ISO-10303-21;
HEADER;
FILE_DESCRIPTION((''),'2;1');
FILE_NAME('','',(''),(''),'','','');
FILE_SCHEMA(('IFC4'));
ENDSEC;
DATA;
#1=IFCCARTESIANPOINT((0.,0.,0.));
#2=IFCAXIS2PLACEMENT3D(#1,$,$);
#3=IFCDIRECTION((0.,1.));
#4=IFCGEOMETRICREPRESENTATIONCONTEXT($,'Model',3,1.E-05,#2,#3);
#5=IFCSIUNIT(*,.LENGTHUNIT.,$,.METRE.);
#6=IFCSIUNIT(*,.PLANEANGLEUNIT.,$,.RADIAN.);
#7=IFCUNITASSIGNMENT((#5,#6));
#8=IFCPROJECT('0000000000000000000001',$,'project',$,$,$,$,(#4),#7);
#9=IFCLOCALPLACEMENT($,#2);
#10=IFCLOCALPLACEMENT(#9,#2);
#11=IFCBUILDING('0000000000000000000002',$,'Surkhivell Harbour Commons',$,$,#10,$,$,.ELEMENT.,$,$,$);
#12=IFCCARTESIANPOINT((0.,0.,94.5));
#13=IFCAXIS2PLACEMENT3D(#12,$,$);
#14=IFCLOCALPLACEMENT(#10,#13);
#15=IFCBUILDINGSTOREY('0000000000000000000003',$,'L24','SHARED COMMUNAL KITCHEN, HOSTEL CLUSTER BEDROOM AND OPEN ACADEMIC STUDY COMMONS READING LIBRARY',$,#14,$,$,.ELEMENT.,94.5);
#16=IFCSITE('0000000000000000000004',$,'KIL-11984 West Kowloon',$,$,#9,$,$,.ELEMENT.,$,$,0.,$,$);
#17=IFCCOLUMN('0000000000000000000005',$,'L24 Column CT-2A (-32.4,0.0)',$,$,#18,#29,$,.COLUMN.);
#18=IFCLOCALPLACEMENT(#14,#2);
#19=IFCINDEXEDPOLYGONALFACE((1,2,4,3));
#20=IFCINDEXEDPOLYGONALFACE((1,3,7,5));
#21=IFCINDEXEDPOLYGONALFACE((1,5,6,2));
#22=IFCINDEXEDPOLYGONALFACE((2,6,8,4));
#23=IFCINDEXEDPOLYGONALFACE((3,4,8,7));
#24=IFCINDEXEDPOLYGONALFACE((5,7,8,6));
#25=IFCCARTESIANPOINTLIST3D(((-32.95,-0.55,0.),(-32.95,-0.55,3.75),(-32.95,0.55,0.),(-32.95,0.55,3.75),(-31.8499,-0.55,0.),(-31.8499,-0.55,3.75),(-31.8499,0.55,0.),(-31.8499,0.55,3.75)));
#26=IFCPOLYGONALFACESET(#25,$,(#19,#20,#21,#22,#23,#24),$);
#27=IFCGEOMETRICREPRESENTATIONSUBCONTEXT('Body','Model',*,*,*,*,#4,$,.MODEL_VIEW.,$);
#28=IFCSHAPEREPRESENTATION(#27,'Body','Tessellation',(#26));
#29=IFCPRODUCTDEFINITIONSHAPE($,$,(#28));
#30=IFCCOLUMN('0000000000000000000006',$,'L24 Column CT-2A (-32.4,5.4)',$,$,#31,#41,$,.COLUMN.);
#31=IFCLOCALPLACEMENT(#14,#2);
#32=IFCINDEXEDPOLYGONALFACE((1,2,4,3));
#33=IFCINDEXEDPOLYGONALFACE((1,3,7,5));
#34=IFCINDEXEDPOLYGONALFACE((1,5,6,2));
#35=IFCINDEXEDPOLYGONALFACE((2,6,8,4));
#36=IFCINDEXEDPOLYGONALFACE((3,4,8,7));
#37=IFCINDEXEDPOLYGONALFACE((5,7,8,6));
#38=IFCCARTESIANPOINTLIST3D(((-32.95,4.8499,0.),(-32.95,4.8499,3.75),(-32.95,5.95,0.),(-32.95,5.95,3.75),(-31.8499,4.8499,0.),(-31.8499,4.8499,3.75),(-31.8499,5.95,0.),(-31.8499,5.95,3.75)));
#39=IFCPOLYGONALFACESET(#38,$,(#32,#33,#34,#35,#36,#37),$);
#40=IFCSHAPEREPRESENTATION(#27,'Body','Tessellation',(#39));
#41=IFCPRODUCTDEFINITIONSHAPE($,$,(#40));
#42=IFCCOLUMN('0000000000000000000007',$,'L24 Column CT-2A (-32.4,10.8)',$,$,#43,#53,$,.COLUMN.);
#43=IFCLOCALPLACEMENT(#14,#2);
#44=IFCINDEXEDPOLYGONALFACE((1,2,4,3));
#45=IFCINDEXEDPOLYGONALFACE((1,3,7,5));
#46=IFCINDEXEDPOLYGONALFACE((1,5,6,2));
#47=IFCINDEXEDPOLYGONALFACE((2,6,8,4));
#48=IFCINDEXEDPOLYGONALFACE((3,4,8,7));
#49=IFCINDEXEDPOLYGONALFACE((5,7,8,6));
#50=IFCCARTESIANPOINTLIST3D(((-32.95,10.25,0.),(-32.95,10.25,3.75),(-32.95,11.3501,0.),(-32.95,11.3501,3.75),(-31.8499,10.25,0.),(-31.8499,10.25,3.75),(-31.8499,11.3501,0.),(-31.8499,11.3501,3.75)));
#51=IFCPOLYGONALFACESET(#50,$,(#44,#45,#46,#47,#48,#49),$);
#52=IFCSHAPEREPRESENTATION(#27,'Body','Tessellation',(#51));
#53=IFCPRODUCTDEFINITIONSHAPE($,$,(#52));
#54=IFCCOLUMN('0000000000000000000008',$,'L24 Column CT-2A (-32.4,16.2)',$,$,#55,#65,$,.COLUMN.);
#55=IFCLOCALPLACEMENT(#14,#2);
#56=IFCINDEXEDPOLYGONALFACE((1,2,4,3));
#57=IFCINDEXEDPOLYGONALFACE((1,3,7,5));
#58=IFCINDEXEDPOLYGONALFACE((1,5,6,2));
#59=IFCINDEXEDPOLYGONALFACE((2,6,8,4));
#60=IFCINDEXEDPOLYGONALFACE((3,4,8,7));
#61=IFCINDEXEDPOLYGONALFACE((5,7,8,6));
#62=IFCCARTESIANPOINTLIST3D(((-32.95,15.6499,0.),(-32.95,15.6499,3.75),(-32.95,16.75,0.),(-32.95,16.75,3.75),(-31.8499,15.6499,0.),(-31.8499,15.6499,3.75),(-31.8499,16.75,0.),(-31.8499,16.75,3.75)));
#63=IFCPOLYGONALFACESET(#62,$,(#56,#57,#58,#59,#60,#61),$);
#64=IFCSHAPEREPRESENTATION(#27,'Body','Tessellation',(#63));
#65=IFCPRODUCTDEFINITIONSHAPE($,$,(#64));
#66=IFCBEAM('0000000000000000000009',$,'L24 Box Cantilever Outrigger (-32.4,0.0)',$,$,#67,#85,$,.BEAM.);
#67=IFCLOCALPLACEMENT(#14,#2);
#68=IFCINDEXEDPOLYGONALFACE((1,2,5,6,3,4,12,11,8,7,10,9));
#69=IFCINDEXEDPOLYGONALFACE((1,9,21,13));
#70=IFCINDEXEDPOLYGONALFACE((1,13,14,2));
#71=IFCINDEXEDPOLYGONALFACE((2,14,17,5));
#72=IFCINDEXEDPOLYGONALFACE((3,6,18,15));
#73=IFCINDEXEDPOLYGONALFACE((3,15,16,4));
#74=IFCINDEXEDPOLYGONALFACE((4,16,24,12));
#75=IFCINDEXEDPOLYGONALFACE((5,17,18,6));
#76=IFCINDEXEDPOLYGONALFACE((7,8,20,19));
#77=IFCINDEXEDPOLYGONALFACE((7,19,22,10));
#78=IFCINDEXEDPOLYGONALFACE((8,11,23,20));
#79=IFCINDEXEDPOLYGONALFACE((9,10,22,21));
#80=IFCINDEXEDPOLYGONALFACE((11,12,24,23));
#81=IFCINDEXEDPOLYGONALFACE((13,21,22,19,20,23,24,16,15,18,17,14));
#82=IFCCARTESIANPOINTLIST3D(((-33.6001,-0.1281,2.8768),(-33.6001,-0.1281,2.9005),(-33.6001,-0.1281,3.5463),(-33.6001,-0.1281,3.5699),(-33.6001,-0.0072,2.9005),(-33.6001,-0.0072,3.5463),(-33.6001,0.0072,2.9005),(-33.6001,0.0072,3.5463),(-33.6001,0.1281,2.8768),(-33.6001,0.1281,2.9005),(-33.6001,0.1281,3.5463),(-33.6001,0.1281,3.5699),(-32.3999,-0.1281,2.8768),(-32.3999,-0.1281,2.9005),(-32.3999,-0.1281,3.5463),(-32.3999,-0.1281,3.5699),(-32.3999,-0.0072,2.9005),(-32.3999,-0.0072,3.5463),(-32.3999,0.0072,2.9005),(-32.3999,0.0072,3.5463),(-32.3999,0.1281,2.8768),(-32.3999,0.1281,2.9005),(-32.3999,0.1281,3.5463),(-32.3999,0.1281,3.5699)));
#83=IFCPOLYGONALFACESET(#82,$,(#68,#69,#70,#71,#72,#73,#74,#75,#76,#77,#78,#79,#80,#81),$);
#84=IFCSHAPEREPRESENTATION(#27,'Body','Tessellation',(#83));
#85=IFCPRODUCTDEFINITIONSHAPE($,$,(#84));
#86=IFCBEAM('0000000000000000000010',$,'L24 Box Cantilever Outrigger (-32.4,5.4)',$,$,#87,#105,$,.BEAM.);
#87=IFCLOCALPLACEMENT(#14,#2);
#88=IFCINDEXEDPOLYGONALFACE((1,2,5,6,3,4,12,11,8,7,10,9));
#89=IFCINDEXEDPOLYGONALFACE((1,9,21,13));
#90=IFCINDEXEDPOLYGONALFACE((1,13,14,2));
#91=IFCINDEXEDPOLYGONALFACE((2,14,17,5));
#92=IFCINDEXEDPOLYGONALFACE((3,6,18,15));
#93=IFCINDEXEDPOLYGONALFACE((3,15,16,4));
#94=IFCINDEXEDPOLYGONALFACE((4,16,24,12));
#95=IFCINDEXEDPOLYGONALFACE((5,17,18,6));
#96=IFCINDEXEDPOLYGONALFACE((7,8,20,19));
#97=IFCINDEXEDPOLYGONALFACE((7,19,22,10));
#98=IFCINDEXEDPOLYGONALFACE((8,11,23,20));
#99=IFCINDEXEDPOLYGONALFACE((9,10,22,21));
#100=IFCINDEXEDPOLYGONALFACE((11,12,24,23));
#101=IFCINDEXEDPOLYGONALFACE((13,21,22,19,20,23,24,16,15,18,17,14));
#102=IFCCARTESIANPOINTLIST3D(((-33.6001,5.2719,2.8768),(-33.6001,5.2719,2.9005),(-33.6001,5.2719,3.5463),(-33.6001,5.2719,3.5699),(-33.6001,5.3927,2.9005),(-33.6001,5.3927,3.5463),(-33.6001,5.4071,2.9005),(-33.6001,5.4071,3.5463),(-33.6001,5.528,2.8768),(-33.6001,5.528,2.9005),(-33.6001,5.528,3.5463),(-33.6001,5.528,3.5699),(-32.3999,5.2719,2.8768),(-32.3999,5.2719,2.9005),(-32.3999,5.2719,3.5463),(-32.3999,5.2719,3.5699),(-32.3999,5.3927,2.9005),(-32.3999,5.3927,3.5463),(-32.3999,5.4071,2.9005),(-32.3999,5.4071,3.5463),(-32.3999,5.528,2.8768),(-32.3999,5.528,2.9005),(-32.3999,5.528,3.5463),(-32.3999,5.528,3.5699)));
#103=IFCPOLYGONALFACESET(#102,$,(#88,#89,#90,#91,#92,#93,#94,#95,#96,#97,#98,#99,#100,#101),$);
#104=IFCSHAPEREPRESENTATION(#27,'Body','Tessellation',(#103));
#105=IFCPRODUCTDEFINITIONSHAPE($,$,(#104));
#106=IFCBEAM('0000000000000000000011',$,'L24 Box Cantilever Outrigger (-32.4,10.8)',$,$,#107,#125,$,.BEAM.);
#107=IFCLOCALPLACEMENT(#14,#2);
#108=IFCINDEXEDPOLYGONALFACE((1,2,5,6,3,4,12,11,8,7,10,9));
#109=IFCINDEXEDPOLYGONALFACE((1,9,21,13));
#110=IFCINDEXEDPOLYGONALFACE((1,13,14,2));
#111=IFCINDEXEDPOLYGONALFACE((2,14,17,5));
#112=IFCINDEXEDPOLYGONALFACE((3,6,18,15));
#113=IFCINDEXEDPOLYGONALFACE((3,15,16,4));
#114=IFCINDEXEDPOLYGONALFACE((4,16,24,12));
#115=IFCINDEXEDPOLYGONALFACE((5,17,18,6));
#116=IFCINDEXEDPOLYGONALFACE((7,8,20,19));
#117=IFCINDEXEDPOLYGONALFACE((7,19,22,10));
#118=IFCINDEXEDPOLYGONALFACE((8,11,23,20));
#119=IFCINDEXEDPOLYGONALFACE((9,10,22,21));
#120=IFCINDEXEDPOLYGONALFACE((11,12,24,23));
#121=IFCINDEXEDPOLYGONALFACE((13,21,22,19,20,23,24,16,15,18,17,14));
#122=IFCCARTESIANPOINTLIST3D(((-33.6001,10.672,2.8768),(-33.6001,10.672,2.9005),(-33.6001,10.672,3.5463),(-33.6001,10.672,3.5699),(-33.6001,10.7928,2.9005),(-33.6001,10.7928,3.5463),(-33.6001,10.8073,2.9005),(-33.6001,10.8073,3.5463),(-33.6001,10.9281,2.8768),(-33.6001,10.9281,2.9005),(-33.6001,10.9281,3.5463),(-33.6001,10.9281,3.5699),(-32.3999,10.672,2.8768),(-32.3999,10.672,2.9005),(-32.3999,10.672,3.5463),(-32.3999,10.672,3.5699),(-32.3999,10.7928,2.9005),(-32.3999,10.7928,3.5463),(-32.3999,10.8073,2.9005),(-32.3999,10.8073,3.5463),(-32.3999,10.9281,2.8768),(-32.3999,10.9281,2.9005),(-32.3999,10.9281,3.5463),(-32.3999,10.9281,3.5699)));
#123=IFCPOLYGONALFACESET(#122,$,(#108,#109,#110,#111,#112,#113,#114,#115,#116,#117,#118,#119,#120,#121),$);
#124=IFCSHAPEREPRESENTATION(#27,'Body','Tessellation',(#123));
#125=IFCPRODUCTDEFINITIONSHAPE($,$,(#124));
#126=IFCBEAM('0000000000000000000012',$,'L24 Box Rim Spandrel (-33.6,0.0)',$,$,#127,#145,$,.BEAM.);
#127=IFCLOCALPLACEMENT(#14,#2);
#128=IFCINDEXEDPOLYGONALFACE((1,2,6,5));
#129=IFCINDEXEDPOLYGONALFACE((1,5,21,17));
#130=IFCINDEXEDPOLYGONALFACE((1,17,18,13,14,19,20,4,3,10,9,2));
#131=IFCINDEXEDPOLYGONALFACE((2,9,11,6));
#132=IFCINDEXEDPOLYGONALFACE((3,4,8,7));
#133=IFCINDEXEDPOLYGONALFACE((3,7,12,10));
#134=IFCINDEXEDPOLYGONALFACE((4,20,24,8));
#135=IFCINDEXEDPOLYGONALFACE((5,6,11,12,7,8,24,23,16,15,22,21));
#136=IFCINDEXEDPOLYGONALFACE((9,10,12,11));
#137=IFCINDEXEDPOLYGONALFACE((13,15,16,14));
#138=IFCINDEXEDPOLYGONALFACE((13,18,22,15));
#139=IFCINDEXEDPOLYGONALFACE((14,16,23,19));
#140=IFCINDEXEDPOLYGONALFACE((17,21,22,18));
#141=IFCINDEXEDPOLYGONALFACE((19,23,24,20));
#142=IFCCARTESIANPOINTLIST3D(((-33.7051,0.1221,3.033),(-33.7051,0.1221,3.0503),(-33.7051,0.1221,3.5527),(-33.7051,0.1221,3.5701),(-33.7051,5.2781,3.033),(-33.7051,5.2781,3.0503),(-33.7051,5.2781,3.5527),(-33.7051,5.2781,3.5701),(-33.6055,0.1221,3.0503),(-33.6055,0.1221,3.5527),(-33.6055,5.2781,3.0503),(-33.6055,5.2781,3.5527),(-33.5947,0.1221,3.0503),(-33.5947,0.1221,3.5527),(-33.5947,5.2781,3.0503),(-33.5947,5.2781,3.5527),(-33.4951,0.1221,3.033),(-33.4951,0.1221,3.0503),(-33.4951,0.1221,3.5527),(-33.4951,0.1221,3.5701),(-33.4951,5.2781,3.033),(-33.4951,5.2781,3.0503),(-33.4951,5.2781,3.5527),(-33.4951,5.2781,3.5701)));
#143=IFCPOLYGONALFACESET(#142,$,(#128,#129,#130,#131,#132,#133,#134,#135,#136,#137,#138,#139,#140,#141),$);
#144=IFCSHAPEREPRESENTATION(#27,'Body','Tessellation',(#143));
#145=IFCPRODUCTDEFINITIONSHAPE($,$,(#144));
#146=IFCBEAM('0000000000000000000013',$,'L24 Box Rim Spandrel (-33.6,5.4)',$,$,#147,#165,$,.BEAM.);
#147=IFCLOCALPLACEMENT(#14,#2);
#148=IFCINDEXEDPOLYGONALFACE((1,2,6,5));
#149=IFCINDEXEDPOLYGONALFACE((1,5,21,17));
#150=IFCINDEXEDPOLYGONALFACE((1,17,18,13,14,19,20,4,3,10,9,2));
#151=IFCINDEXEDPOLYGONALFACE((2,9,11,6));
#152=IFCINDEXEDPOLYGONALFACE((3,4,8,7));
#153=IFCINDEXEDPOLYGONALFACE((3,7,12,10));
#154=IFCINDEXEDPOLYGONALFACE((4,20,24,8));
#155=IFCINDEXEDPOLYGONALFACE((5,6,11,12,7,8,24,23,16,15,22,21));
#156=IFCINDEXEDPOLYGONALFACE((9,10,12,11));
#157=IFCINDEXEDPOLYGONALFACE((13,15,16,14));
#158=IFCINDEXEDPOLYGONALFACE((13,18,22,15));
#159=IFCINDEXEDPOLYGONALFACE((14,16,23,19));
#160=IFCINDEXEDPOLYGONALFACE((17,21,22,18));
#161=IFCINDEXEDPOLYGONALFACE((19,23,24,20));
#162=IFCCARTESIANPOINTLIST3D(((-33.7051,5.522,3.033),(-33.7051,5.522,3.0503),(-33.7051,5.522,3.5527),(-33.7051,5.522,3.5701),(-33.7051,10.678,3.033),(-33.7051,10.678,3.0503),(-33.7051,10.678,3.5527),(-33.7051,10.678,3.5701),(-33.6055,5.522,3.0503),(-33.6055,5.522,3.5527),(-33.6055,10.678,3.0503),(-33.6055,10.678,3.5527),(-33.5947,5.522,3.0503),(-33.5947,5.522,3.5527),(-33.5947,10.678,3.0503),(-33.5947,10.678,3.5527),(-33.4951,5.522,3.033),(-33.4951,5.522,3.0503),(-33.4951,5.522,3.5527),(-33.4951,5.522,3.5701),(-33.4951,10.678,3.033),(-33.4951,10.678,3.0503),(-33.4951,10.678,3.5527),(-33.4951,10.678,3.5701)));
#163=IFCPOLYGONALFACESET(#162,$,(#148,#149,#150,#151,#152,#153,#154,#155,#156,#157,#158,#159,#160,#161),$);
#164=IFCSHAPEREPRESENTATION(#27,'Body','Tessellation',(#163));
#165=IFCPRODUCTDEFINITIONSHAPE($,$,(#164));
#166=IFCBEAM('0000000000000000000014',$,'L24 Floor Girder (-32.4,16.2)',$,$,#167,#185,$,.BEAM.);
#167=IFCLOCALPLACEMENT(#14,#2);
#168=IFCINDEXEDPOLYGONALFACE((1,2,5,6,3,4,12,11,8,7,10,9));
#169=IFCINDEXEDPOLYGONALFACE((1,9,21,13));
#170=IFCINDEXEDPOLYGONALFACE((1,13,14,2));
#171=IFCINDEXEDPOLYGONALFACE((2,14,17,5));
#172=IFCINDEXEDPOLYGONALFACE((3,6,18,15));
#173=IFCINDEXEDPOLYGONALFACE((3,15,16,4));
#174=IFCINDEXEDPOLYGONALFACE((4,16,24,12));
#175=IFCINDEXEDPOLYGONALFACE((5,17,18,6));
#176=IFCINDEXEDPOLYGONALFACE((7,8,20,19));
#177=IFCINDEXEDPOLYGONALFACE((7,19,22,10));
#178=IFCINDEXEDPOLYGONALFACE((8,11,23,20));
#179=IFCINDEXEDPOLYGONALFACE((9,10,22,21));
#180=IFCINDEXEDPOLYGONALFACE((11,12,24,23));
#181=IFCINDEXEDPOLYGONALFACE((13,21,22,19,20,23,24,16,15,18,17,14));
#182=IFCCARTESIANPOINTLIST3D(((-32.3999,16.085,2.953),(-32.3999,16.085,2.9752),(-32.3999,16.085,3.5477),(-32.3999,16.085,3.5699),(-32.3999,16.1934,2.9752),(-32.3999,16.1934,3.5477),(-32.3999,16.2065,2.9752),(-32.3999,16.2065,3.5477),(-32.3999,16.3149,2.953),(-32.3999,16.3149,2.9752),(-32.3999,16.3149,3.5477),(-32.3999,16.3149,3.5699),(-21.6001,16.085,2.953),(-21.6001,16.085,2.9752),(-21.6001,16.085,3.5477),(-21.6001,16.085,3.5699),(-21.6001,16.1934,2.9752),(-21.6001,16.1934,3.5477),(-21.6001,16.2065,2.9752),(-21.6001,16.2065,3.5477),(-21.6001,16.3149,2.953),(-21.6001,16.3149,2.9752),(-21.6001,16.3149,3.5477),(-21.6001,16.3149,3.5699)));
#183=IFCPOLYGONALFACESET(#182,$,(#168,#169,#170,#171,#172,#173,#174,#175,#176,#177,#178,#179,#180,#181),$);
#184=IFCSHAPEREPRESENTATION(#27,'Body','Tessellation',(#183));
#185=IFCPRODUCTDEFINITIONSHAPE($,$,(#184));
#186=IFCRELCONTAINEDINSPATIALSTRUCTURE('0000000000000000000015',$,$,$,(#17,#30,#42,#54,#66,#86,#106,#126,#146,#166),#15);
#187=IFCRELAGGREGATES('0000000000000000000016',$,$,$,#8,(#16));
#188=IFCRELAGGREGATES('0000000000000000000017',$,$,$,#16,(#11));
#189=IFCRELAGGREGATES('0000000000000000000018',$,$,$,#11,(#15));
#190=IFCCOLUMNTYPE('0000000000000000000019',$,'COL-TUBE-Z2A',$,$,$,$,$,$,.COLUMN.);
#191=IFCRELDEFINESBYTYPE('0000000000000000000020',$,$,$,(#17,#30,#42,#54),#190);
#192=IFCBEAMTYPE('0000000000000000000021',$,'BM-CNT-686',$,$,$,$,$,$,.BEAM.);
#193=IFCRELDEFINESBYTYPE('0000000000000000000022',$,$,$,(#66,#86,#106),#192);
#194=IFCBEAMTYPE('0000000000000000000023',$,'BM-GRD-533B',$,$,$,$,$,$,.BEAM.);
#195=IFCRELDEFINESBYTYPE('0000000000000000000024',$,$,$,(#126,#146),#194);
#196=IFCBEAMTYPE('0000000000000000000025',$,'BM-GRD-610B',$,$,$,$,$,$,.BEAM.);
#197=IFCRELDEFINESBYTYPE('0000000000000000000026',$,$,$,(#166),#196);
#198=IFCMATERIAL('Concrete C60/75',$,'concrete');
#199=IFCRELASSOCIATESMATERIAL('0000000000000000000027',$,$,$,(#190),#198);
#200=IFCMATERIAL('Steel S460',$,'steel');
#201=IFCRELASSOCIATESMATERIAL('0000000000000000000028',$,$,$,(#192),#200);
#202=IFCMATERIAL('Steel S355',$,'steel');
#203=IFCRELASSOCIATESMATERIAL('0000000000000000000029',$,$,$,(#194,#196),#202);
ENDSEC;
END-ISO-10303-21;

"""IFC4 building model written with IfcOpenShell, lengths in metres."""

from ifc_helpers import new_model, si_unit, direction, frame, origin, origin_2d, place, context, subcontext, project, spatial, rectangle, i_section, extrude, material, material_profile, profile_set, type_object, element, save


model = new_model("IFC4")

# Units and contexts
model_context = context("Model", 3, precision=1e-05, world=origin(), true_north=direction((0.0, 1.0)))
body_context = subcontext(model_context, "Body", "Model", "MODEL_VIEW")
ifc_project = project(units=[si_unit("LENGTHUNIT", "METRE"), si_unit("PLANEANGLEUNIT", "RADIAN")], contexts=[model_context])

# Site, building, storey
site_placement = place(None, origin())
site = spatial("IfcSite", under=ifc_project, at=site_placement, Name="KIL-11984 West Kowloon", CompositionType="ELEMENT", RefElevation=0.0)
building_placement = place(site_placement, origin())
building = spatial("IfcBuilding", under=site, at=building_placement, Name="Surkhivell Harbour Commons", CompositionType="ELEMENT")
storey_placement = place(building_placement, frame((0.0, 0.0, 94.5)))
storey = spatial("IfcBuildingStorey", under=building, at=storey_placement, Name="L24", Description="SHARED COMMUNAL KITCHEN, HOSTEL CLUSTER BEDROOM AND OPEN ACADEMIC STUDY COMMONS READING LIBRARY", CompositionType="ELEMENT", Elevation=94.5)

# Columns
ifc_material_1 = material(Name="Concrete C60/75", Category="concrete")
ifc_material_profile_1 = material_profile(ifc_material_1, rectangle(XDim=1.1001, YDim=1.1001, at=origin_2d()), Name="RC-COL-1100x1100")
ifc_profile_set_1 = profile_set([ifc_material_profile_1], Name="Concrete C60/75")
column_type = type_object("IfcColumnType", Name="COL-TUBE-Z2A", PredefinedType="COLUMN", material=ifc_profile_set_1)
for number, where, z_axis, x_axis, name in (
    (1, (-32.3999, 0.0, 0.0), (0.0, 0.0, 1.0), (1.0, 0.0, 0.0), "L24 Column CT-2A (-32.4,0.0)"),
    (2, (-32.3999, 5.3999, 0.0), (0.0, 0.0, 1.0), (1.0, 0.0, 0.0), "L24 Column CT-2A (-32.4,5.4)"),
    (3, (-32.3999, 10.8, 0.0), (0.0, 0.0, 1.0), (1.0, 0.0, 0.0), "L24 Column CT-2A (-32.4,10.8)"),
    (4, (-32.3999, 16.2, 0.0), (0.0, 0.0, 1.0), (1.0, 0.0, 0.0), "L24 Column CT-2A (-32.4,16.2)"),
):
    element("IfcColumn", number, at=place(storey_placement, frame(where, z_axis=z_axis, x_axis=x_axis)), inside=storey, type_object=column_type, Name=name, PredefinedType="COLUMN", context=body_context, shape_type="SweptSolid", body=[
        extrude(rectangle(XDim=1.1001, YDim=1.1001, at=origin_2d()), origin(), (0.0, 0.0, 1.0), 3.75),
    ])

# Beams
ifc_material_2 = material(Name="Steel S460", Category="steel")
ifc_material_profile_2 = material_profile(ifc_material_2, i_section(OverallWidth=0.2561, OverallDepth=0.6931, WebThickness=0.0144, FlangeThickness=0.0237, at=origin_2d()), Name="UB686x254x170")
ifc_profile_set_2 = profile_set([ifc_material_profile_2], Name="Steel S460")
beam_type_1 = type_object("IfcBeamType", Name="BM-CNT-686", PredefinedType="BEAM", material=ifc_profile_set_2)
for number, where, z_axis, x_axis, name in (
    (5, (-32.3999, 0.0, 3.2234), (-1.0, 0.0, 0.0), (0.0, -1.0, 0.0), "L24 Box Cantilever Outrigger (-32.4,0.0)"),
    (6, (-32.3999, 5.3999, 3.2234), (-1.0, 0.0, 0.0), (0.0, -1.0, 0.0), "L24 Box Cantilever Outrigger (-32.4,5.4)"),
    (7, (-32.3999, 10.8, 3.2234), (-1.0, 0.0, 0.0), (0.0, -1.0, 0.0), "L24 Box Cantilever Outrigger (-32.4,10.8)"),
):
    element("IfcBeam", number, at=place(storey_placement, frame(where, z_axis=z_axis, x_axis=x_axis)), inside=storey, type_object=beam_type_1, Name=name, PredefinedType="BEAM", context=body_context, shape_type="SweptSolid", body=[
        extrude(i_section(OverallWidth=0.2561, OverallDepth=0.6931, WebThickness=0.0144, FlangeThickness=0.0237, at=origin_2d()), origin(), (0.0, 0.0, 1.0), 1.2002),
    ])
ifc_material_3 = material(Name="Steel S355", Category="steel")
ifc_material_profile_3 = material_profile(ifc_material_3, i_section(OverallWidth=0.21, OverallDepth=0.5371, WebThickness=0.0107, FlangeThickness=0.0173, at=origin_2d()), Name="UB533x210x101")
ifc_profile_set_3 = profile_set([ifc_material_profile_3], Name="Steel S355")
beam_type_2 = type_object("IfcBeamType", Name="BM-GRD-533B", PredefinedType="BEAM", material=ifc_profile_set_3)
for number, where, z_axis, x_axis, name in (
    (8, (-33.6001, 0.1221, 3.3015), (0.0, 1.0, 0.0), (-1.0, 0.0, 0.0), "L24 Box Rim Spandrel (-33.6,0.0)"),
    (9, (-33.6001, 5.522, 3.3015), (0.0, 1.0, 0.0), (-1.0, 0.0, 0.0), "L24 Box Rim Spandrel (-33.6,5.4)"),
):
    element("IfcBeam", number, at=place(storey_placement, frame(where, z_axis=z_axis, x_axis=x_axis)), inside=storey, type_object=beam_type_2, Name=name, PredefinedType="BEAM", context=body_context, shape_type="SweptSolid", body=[
        extrude(i_section(OverallWidth=0.21, OverallDepth=0.5371, WebThickness=0.0107, FlangeThickness=0.0173, at=origin_2d()), origin(), (0.0, 0.0, 1.0), 5.156),
    ])
ifc_material_profile_4 = material_profile(ifc_material_3, i_section(OverallWidth=0.23, OverallDepth=0.6169, WebThickness=0.0132, FlangeThickness=0.0222, at=origin_2d()), Name="UB610x229x140")
ifc_profile_set_4 = profile_set([ifc_material_profile_4], Name="Steel S355")
beam_type_3 = type_object("IfcBeamType", Name="BM-GRD-610B", PredefinedType="BEAM", material=ifc_profile_set_4)
beam_1_placement = place(storey_placement, frame((-32.3999, 16.2, 3.2615), z_axis=(1.0, 0.0, 0.0), x_axis=(0.0, 1.0, 0.0)))
element("IfcBeam", 10, at=beam_1_placement, inside=storey, type_object=beam_type_3, Name="L24 Floor Girder (-32.4,16.2)", PredefinedType="BEAM", context=body_context, shape_type="SweptSolid", body=[
    extrude(i_section(OverallWidth=0.23, OverallDepth=0.6169, WebThickness=0.0132, FlangeThickness=0.0222, at=origin_2d()), origin(), (0.0, 0.0, 1.0), 10.7998),
])

save(model, "model.ifc")
